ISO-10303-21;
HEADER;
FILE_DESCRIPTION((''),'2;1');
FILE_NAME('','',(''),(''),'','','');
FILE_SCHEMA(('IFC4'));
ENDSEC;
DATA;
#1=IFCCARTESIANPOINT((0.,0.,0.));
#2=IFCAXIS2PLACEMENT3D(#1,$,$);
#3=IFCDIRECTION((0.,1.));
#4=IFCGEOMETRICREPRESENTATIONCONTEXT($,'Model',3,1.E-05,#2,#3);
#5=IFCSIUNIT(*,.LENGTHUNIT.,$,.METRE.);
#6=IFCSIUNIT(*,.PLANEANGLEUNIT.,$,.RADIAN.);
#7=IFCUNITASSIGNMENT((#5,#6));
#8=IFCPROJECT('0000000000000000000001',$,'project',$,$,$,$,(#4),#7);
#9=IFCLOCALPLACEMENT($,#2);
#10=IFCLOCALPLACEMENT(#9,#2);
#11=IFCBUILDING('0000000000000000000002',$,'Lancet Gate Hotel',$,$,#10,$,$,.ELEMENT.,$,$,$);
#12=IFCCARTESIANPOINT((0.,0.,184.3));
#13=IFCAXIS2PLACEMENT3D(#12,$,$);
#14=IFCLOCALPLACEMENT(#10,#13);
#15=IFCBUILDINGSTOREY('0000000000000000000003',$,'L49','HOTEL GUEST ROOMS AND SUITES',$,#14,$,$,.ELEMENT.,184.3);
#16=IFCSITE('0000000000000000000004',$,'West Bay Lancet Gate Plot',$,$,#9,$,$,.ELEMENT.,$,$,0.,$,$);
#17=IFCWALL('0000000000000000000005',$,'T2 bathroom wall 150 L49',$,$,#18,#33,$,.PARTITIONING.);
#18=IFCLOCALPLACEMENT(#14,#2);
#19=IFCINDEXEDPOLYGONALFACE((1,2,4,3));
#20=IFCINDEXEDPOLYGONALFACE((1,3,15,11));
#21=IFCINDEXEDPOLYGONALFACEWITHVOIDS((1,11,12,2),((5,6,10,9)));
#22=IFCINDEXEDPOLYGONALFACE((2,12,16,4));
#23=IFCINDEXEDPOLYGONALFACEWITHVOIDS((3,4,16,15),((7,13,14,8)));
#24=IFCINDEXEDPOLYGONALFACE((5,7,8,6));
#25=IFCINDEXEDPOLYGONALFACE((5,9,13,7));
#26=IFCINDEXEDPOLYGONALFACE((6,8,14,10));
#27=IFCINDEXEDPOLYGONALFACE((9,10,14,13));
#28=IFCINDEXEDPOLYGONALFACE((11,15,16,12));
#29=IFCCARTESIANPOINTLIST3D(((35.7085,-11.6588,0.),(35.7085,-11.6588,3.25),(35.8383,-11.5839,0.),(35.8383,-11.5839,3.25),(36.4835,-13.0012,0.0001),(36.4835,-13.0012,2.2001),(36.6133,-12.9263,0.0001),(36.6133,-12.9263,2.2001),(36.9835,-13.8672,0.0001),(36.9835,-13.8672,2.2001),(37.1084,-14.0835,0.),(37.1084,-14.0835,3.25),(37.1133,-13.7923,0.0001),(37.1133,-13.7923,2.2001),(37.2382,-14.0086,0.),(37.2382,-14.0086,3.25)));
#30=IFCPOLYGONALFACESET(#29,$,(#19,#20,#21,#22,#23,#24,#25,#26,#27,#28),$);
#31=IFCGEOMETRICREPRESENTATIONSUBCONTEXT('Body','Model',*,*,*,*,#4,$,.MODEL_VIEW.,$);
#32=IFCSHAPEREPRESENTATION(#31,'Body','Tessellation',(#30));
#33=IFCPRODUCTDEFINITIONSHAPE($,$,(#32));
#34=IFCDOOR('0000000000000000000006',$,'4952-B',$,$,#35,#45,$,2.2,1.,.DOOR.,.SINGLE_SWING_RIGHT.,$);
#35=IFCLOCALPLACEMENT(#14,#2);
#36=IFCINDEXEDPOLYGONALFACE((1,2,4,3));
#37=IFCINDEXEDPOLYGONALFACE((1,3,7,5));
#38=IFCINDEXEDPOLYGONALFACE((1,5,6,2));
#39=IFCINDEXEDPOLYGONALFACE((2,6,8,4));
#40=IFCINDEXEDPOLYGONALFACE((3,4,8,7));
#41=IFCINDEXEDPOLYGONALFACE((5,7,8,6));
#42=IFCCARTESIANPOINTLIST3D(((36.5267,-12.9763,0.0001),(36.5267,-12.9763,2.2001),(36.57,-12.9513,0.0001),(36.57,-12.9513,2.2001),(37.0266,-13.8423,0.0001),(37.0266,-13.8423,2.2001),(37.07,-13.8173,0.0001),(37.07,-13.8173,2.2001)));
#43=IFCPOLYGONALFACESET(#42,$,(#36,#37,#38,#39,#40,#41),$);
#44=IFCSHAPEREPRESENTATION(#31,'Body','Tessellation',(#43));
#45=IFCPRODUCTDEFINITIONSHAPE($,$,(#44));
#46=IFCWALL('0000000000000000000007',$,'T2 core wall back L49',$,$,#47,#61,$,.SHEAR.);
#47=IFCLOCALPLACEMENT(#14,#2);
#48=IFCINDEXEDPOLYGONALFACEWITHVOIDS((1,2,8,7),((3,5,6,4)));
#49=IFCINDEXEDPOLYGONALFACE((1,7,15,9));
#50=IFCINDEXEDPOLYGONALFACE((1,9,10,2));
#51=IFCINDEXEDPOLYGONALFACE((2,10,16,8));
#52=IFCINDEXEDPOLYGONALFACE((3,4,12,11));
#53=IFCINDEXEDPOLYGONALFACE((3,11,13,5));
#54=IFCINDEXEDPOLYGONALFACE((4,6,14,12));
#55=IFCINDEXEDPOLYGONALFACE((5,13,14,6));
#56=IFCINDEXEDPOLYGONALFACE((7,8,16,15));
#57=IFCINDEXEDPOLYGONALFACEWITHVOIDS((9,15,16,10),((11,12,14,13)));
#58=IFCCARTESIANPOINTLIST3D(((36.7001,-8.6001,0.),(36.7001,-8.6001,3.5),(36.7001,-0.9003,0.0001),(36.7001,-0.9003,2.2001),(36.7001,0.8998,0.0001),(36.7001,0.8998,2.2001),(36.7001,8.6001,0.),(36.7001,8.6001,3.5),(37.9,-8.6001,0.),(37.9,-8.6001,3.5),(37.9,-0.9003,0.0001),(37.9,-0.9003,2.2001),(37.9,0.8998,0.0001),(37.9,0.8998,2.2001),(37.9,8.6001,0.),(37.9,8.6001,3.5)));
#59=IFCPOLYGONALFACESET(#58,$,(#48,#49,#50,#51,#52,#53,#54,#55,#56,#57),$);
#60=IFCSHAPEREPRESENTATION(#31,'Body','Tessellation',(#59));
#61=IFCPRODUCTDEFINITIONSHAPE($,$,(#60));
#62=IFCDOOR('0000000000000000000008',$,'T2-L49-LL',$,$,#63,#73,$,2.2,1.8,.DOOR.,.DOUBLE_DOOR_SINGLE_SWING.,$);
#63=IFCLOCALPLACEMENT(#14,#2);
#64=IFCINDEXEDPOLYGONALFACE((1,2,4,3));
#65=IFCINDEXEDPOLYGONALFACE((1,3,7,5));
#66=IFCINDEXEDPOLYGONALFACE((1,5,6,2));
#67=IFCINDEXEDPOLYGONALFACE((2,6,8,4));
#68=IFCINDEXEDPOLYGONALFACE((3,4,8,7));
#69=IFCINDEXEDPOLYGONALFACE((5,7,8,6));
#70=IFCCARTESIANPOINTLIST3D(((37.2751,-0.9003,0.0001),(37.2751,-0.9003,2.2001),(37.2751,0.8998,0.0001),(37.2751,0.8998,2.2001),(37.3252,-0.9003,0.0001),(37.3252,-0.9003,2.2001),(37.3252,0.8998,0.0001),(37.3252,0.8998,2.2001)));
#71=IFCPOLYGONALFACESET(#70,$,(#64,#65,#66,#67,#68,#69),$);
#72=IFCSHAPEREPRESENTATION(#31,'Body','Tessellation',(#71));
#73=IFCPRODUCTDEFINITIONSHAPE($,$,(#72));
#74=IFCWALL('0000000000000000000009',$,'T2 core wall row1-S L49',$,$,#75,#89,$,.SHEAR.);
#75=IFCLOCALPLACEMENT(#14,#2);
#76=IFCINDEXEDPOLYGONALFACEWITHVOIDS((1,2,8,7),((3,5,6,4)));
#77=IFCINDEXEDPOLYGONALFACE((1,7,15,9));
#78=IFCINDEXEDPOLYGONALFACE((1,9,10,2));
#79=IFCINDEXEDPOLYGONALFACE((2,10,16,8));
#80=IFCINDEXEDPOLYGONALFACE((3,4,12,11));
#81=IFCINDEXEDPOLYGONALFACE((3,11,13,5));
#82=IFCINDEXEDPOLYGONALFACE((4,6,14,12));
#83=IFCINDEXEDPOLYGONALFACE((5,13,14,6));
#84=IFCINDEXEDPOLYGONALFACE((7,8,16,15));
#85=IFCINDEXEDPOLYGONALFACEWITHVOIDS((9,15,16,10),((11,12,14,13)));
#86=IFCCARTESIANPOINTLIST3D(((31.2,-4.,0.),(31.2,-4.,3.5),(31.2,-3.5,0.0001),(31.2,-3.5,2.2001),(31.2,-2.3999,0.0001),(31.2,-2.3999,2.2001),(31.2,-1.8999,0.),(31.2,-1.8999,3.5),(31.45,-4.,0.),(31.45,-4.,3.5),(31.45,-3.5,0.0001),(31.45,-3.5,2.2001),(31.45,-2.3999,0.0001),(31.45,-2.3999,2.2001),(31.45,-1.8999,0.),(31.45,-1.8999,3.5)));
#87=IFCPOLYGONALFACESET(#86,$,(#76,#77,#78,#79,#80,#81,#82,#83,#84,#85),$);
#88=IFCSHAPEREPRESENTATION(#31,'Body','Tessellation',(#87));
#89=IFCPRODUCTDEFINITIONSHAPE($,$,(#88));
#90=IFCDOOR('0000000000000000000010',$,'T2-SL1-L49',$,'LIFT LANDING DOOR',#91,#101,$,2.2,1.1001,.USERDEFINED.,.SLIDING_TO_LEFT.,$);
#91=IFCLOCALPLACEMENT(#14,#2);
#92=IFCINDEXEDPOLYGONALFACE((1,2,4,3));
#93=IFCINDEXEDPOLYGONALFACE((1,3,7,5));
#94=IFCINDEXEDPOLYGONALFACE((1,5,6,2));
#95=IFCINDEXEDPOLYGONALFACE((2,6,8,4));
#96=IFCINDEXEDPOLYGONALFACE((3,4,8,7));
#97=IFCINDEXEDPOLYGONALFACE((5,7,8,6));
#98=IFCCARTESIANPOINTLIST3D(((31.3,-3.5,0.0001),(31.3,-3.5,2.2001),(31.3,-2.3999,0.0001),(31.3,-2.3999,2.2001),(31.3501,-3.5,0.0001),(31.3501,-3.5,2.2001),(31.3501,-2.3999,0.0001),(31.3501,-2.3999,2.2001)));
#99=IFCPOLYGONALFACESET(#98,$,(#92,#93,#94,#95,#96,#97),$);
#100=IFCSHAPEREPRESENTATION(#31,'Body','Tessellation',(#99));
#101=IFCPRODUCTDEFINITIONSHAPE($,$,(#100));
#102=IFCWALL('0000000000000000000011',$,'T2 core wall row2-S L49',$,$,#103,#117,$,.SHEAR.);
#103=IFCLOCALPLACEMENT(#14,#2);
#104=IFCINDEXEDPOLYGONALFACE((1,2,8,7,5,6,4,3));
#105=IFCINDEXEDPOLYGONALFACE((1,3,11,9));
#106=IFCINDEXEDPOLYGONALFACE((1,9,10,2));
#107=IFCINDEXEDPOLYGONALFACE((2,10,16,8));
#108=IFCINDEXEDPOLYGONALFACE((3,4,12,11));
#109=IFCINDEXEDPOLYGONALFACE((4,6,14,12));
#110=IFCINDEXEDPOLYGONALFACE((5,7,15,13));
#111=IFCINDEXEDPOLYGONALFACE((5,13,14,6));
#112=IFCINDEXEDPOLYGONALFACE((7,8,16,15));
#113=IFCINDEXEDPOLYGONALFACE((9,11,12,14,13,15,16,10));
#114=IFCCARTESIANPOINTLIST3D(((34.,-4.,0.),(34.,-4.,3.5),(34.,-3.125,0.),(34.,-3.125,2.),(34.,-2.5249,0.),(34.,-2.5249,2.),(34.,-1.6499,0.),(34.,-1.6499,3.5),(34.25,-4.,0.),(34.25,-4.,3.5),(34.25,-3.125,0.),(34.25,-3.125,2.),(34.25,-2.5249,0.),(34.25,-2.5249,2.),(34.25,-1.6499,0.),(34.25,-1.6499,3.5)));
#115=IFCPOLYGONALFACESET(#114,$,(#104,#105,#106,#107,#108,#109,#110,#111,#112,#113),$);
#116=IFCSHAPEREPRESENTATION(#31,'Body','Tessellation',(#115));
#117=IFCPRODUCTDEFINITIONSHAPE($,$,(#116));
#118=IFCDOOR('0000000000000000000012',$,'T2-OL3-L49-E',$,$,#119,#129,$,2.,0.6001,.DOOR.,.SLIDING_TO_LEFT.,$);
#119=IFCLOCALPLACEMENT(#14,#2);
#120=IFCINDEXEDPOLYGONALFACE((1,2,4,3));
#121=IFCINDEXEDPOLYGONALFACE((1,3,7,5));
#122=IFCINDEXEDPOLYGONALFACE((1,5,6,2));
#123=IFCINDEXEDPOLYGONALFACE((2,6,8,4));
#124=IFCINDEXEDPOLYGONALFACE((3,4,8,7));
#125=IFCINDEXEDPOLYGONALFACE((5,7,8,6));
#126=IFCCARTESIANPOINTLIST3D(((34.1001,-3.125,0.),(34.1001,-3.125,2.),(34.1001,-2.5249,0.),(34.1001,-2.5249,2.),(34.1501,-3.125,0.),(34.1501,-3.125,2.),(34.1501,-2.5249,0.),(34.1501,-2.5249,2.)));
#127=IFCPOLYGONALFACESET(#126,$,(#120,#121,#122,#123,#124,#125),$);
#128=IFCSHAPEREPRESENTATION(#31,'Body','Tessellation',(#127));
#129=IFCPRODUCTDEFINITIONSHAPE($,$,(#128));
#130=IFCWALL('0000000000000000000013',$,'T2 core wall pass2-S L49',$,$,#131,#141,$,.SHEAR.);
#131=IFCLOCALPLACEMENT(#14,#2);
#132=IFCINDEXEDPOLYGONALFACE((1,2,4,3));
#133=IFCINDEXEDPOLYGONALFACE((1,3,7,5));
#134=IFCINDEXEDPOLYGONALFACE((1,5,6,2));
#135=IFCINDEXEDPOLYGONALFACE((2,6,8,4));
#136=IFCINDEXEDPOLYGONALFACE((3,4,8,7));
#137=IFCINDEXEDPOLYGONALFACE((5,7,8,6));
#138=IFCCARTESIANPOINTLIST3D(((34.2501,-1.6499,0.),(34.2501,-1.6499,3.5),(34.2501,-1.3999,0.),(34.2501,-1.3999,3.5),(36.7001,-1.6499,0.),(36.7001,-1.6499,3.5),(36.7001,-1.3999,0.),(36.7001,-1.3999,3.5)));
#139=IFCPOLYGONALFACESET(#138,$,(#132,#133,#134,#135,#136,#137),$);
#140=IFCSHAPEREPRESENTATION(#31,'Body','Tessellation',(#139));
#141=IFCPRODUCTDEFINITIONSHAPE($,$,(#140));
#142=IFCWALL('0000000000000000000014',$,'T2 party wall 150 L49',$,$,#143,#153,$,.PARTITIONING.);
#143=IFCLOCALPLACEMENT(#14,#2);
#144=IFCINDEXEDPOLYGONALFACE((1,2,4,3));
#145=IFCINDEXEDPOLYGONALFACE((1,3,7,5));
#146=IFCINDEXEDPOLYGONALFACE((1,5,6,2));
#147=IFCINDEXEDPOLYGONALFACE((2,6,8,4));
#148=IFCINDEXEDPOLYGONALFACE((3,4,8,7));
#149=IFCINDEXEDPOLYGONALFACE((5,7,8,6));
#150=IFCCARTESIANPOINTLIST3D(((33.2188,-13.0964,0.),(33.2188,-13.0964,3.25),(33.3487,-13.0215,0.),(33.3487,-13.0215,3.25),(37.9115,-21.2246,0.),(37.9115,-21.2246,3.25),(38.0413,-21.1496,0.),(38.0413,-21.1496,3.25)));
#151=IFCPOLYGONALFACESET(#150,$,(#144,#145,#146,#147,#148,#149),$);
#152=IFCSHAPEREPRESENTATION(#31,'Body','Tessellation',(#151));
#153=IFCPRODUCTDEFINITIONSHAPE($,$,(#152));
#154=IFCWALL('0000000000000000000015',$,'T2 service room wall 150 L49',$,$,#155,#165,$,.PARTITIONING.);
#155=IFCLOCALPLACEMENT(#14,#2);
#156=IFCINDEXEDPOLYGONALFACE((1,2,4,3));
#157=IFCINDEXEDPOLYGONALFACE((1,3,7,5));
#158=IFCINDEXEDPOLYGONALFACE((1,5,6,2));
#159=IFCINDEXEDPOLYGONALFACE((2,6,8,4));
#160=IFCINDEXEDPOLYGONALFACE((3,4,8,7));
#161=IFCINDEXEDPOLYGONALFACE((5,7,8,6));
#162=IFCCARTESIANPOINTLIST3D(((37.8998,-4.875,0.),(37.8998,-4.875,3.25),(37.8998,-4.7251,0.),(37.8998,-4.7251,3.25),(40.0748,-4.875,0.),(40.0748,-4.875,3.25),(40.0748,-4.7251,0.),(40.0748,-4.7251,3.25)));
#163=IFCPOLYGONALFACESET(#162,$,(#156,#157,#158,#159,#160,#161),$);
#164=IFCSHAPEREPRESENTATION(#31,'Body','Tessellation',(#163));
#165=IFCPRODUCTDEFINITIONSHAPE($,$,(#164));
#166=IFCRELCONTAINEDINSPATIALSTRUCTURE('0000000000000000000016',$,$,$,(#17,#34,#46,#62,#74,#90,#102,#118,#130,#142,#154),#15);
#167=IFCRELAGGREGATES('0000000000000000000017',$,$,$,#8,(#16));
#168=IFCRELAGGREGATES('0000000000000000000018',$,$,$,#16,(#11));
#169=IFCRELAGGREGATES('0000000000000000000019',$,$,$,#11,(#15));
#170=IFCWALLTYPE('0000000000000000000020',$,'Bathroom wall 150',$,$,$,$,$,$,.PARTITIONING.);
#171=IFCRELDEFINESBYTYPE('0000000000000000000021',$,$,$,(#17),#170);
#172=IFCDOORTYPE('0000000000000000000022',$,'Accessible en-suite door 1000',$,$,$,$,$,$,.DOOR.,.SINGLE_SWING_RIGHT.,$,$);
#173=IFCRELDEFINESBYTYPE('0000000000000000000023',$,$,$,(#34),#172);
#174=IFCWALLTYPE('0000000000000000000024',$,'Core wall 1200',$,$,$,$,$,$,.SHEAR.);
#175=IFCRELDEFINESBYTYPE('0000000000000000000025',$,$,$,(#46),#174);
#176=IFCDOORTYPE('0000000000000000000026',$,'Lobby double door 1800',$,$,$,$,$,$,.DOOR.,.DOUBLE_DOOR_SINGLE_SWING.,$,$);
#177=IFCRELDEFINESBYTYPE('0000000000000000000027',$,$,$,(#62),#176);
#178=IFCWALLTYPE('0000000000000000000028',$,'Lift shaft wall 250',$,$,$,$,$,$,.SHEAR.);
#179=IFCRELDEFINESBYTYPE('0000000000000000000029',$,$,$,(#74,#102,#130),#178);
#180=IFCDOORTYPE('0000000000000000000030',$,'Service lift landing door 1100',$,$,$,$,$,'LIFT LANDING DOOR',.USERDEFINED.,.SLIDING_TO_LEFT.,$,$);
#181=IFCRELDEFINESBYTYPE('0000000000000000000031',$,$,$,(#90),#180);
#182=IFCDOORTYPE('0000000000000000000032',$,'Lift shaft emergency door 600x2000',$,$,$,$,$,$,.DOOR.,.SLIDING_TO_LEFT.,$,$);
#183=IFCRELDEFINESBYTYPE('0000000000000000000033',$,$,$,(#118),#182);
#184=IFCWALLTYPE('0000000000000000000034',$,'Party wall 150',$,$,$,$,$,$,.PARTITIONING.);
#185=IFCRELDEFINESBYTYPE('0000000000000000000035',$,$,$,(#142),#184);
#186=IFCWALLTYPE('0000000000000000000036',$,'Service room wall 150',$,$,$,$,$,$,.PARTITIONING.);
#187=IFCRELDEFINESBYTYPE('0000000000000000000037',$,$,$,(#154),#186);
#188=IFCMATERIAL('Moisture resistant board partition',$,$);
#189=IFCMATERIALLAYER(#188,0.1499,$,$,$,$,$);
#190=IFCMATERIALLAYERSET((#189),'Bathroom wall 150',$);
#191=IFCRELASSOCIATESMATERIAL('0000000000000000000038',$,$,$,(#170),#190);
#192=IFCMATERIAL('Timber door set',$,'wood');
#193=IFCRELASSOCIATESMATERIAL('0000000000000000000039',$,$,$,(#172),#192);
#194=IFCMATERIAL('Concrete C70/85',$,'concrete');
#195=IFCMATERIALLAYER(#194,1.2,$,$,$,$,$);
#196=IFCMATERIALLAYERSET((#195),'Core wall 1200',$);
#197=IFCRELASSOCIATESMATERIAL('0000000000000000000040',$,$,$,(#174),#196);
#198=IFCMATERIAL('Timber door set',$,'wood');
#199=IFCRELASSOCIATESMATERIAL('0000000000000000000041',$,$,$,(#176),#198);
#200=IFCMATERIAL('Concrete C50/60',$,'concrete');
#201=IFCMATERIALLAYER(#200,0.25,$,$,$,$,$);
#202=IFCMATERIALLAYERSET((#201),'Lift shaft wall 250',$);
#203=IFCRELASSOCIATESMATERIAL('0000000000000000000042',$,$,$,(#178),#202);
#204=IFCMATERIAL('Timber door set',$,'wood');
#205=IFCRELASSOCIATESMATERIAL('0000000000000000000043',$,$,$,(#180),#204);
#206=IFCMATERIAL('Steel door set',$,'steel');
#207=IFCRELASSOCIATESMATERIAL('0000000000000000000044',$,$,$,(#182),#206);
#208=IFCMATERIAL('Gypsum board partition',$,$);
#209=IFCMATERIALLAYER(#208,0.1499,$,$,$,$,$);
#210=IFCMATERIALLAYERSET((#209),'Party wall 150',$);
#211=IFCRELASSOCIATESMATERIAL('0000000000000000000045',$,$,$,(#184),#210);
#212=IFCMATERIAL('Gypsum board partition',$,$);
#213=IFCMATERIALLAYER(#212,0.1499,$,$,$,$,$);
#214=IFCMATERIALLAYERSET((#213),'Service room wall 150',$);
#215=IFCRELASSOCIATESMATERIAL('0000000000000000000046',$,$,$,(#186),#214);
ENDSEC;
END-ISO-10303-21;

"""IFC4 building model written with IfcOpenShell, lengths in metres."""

from ifc_helpers import new_model, si_unit, direction, frame, frame_2d, origin, place, context, subcontext, project, spatial, rectangle, extrude, material, layer, layer_set, type_object, element, fill, save


model = new_model("IFC4")

# Units and contexts
model_context = context("Model", 3, precision=1e-05, world=origin(), true_north=direction((0.0, 1.0)))
body_context = subcontext(model_context, "Body", "Model", "MODEL_VIEW")
ifc_project = project(units=[si_unit("LENGTHUNIT", "METRE"), si_unit("PLANEANGLEUNIT", "RADIAN")], contexts=[model_context])

# Site, building, storey
site_placement = place(None, origin())
site = spatial("IfcSite", under=ifc_project, at=site_placement, Name="West Bay Lancet Gate Plot", CompositionType="ELEMENT", RefElevation=0.0)
building_placement = place(site_placement, origin())
building = spatial("IfcBuilding", under=site, at=building_placement, Name="Lancet Gate Hotel", CompositionType="ELEMENT")
storey_placement = place(building_placement, frame((0.0, 0.0, 184.3)))
storey = spatial("IfcBuildingStorey", under=building, at=storey_placement, Name="L49", Description="HOTEL GUEST ROOMS AND SUITES", CompositionType="ELEMENT", Elevation=184.3)

# Walls, openings, doors
ifc_material_1 = material(Name="Moisture resistant board partition")
ifc_layer_1 = layer(ifc_material_1, 0.1499)
ifc_layer_set_1 = layer_set([ifc_layer_1], Name="Bathroom wall 150")
wall_type_1 = type_object("IfcWallType", Name="Bathroom wall 150", PredefinedType="PARTITIONING", material=ifc_layer_set_1)
wall_1_placement = place(storey_placement, frame((35.7734, -11.6213, 0.0), z_axis=(0.0, 0.0, 1.0), x_axis=(0.499984, -0.866035, 0.0)))
wall_1 = element("IfcWall", 1, at=wall_1_placement, inside=storey, type_object=wall_type_1, Name="T2 bathroom wall 150 L49", PredefinedType="PARTITIONING", context=body_context, shape_type="SweptSolid", body=[
    extrude(rectangle(XDim=2.7998, YDim=0.1499, at=frame_2d((1.3999, 0.0))), origin(), (0.0, 0.0, 1.0), 3.25),
])
opening_1_placement = place(wall_1_placement, frame((1.55, 0.0, 0.0)))
opening_1 = element("IfcOpeningElement", 2, at=opening_1_placement, cuts=wall_1, PredefinedType="OPENING", context=body_context, shape_type="SweptSolid", body=[
    extrude(rectangle(XDim=1.0, YDim=2.2, at=frame_2d((0.5, 1.1001))), frame((0.0, 0.085, 0.0), z_axis=(0.0, -1.0, 0.0), x_axis=(1.0, 0.0, 0.0)), (0.0, 0.0, 1.0), 0.1699),
])
ifc_material_2 = material(Name="Timber door set", Category="wood")
door_type_1 = type_object("IfcDoorType", Name="Accessible en-suite door 1000", OperationType="SINGLE_SWING_RIGHT", PredefinedType="DOOR", material=ifc_material_2)
door_1_placement = place(opening_1_placement, origin())
door_1 = element("IfcDoor", 3, at=door_1_placement, inside=storey, type_object=door_type_1, Name="4952-B", OperationType="SINGLE_SWING_RIGHT", OverallHeight=2.2, OverallWidth=1.0, PredefinedType="DOOR", context=body_context, shape_type="SweptSolid", body=[
    extrude(rectangle(XDim=1.0, YDim=2.2, at=frame_2d((0.5, 1.1001))), frame((0.0, 0.0249, 0.0), z_axis=(0.0, -1.0, 0.0), x_axis=(1.0, 0.0, 0.0)), (0.0, 0.0, 1.0), 0.05),
])
fill(opening_1, door_1)
ifc_material_3 = material(Name="Concrete C70/85", Category="concrete")
ifc_layer_2 = layer(ifc_material_3, 1.2)
ifc_layer_set_2 = layer_set([ifc_layer_2], Name="Core wall 1200")
wall_type_2 = type_object("IfcWallType", Name="Core wall 1200", PredefinedType="SHEAR", material=ifc_layer_set_2)
wall_2_placement = place(storey_placement, frame((37.3, -8.6001, 0.0), z_axis=(0.0, 0.0, 1.0), x_axis=(0.0, 1.0, 0.0)))
wall_2 = element("IfcWall", 4, at=wall_2_placement, inside=storey, type_object=wall_type_2, Name="T2 core wall back L49", PredefinedType="SHEAR", context=body_context, shape_type="SweptSolid", body=[
    extrude(rectangle(XDim=17.2002, YDim=1.2, at=frame_2d((8.6001, 0.0))), origin(), (0.0, 0.0, 1.0), 3.5),
])
opening_2_placement = place(wall_2_placement, frame((7.7, 0.0, 0.0)))
opening_2 = element("IfcOpeningElement", 5, at=opening_2_placement, cuts=wall_2, PredefinedType="OPENING", context=body_context, shape_type="SweptSolid", body=[
    extrude(rectangle(XDim=1.8, YDim=2.2, at=frame_2d((0.8999, 1.1001))), frame((0.0, 0.6099, 0.0), z_axis=(0.0, -1.0, 0.0), x_axis=(1.0, 0.0, 0.0)), (0.0, 0.0, 1.0), 1.22),
])
ifc_material_4 = material(Name="Timber door set", Category="wood")
door_type_2 = type_object("IfcDoorType", Name="Lobby double door 1800", OperationType="DOUBLE_DOOR_SINGLE_SWING", PredefinedType="DOOR", material=ifc_material_4)
door_2_placement = place(opening_2_placement, origin())
door_2 = element("IfcDoor", 6, at=door_2_placement, inside=storey, type_object=door_type_2, Name="T2-L49-LL", OperationType="DOUBLE_DOOR_SINGLE_SWING", OverallHeight=2.2, OverallWidth=1.8, PredefinedType="DOOR", context=body_context, shape_type="SweptSolid", body=[
    extrude(rectangle(XDim=1.8, YDim=2.2, at=frame_2d((0.8999, 1.1001))), frame((0.0, 0.0249, 0.0), z_axis=(0.0, -1.0, 0.0), x_axis=(1.0, 0.0, 0.0)), (0.0, 0.0, 1.0), 0.05),
])
fill(opening_2, door_2)
ifc_material_5 = material(Name="Concrete C50/60", Category="concrete")
ifc_layer_3 = layer(ifc_material_5, 0.25)
ifc_layer_set_3 = layer_set([ifc_layer_3], Name="Lift shaft wall 250")
wall_type_3 = type_object("IfcWallType", Name="Lift shaft wall 250", PredefinedType="SHEAR", material=ifc_layer_set_3)
wall_3_placement = place(storey_placement, frame((31.325, -4.0, 0.0), z_axis=(0.0, 0.0, 1.0), x_axis=(0.0, 1.0, 0.0)))
wall_3 = element("IfcWall", 7, at=wall_3_placement, inside=storey, type_object=wall_type_3, Name="T2 core wall row1-S L49", PredefinedType="SHEAR", context=body_context, shape_type="SweptSolid", body=[
    extrude(rectangle(XDim=2.1001, YDim=0.25, at=frame_2d((1.05, 0.0))), origin(), (0.0, 0.0, 1.0), 3.5),
])
opening_3_placement = place(wall_3_placement, frame((0.5, 0.0, 0.0)))
opening_3 = element("IfcOpeningElement", 8, at=opening_3_placement, cuts=wall_3, PredefinedType="OPENING", context=body_context, shape_type="SweptSolid", body=[
    extrude(rectangle(XDim=1.1001, YDim=2.2, at=frame_2d((0.55, 1.1001))), frame((0.0, 0.135, 0.0), z_axis=(0.0, -1.0, 0.0), x_axis=(1.0, 0.0, 0.0)), (0.0, 0.0, 1.0), 0.27),
])
ifc_material_6 = material(Name="Timber door set", Category="wood")
door_type_3 = type_object("IfcDoorType", Name="Service lift landing door 1100", ElementType="LIFT LANDING DOOR", OperationType="SLIDING_TO_LEFT", PredefinedType="USERDEFINED", material=ifc_material_6)
door_3_placement = place(opening_3_placement, origin())
door_3 = element("IfcDoor", 9, at=door_3_placement, inside=storey, type_object=door_type_3, Name="T2-SL1-L49", ObjectType="LIFT LANDING DOOR", OperationType="SLIDING_TO_LEFT", OverallHeight=2.2, OverallWidth=1.1001, PredefinedType="USERDEFINED", context=body_context, shape_type="SweptSolid", body=[
    extrude(rectangle(XDim=1.1001, YDim=2.2, at=frame_2d((0.55, 1.1001))), frame((0.0, 0.0249, 0.0), z_axis=(0.0, -1.0, 0.0), x_axis=(1.0, 0.0, 0.0)), (0.0, 0.0, 1.0), 0.05),
])
fill(opening_3, door_3)
wall_4_placement = place(storey_placement, frame((34.125, -4.0, 0.0), z_axis=(0.0, 0.0, 1.0), x_axis=(0.0, 1.0, 0.0)))
wall_4 = element("IfcWall", 10, at=wall_4_placement, inside=storey, type_object=wall_type_3, Name="T2 core wall row2-S L49", PredefinedType="SHEAR", context=body_context, shape_type="SweptSolid", body=[
    extrude(rectangle(XDim=2.3501, YDim=0.25, at=frame_2d((1.175, 0.0))), origin(), (0.0, 0.0, 1.0), 3.5),
])
opening_4_placement = place(wall_4_placement, frame((0.875, 0.0, 0.0)))
opening_4 = element("IfcOpeningElement", 11, at=opening_4_placement, cuts=wall_4, PredefinedType="OPENING", context=body_context, shape_type="SweptSolid", body=[
    extrude(rectangle(XDim=0.6001, YDim=2.0, at=frame_2d((0.3, 1.0))), frame((0.0, 0.135, 0.0), z_axis=(0.0, -1.0, 0.0), x_axis=(1.0, 0.0, 0.0)), (0.0, 0.0, 1.0), 0.27),
])
ifc_material_7 = material(Name="Steel door set", Category="steel")
door_type_4 = type_object("IfcDoorType", Name="Lift shaft emergency door 600x2000", OperationType="SLIDING_TO_LEFT", PredefinedType="DOOR", material=ifc_material_7)
door_4_placement = place(opening_4_placement, origin())
door_4 = element("IfcDoor", 12, at=door_4_placement, inside=storey, type_object=door_type_4, Name="T2-OL3-L49-E", OperationType="SLIDING_TO_LEFT", OverallHeight=2.0, OverallWidth=0.6001, PredefinedType="DOOR", context=body_context, shape_type="SweptSolid", body=[
    extrude(rectangle(XDim=0.6001, YDim=2.0, at=frame_2d((0.3, 1.0))), frame((0.0, 0.0249, 0.0), z_axis=(0.0, -1.0, 0.0), x_axis=(1.0, 0.0, 0.0)), (0.0, 0.0, 1.0), 0.05),
])
fill(opening_4, door_4)

# Walls
wall_5_placement = place(storey_placement, frame((34.25, -1.5249, 0.0), z_axis=(0.0, 0.0, 1.0), x_axis=(1.0, 0.0, 0.0)))
element("IfcWall", 13, at=wall_5_placement, inside=storey, type_object=wall_type_3, Name="T2 core wall pass2-S L49", PredefinedType="SHEAR", context=body_context, shape_type="SweptSolid", body=[
    extrude(rectangle(XDim=2.45, YDim=0.25, at=frame_2d((1.2251, 0.0))), origin(), (0.0, 0.0, 1.0), 3.5),
])
ifc_material_8 = material(Name="Gypsum board partition")
ifc_layer_4 = layer(ifc_material_8, 0.1499)
ifc_layer_set_4 = layer_set([ifc_layer_4], Name="Party wall 150")
wall_type_4 = type_object("IfcWallType", Name="Party wall 150", PredefinedType="PARTITIONING", material=ifc_layer_set_4)
wall_6_placement = place(storey_placement, frame((33.2837, -13.0588, 0.0), z_axis=(0.0, 0.0, 1.0), x_axis=(0.499986, -0.866034, 0.0)))
element("IfcWall", 14, at=wall_6_placement, inside=storey, type_object=wall_type_4, Name="T2 party wall 150 L49", PredefinedType="PARTITIONING", context=body_context, shape_type="SweptSolid", body=[
    extrude(rectangle(XDim=9.3855, YDim=0.1499, at=frame_2d((4.6929, 0.0))), origin(), (0.0, 0.0, 1.0), 3.25),
])
ifc_material_9 = material(Name="Gypsum board partition")
ifc_layer_5 = layer(ifc_material_9, 0.1499)
ifc_layer_set_5 = layer_set([ifc_layer_5], Name="Service room wall 150")
wall_type_5 = type_object("IfcWallType", Name="Service room wall 150", PredefinedType="PARTITIONING", material=ifc_layer_set_5)
wall_7_placement = place(storey_placement, frame((37.8999, -4.8, 0.0), z_axis=(0.0, 0.0, 1.0), x_axis=(1.0, 0.0, 0.0)))
element("IfcWall", 15, at=wall_7_placement, inside=storey, type_object=wall_type_5, Name="T2 service room wall 150 L49", PredefinedType="PARTITIONING", context=body_context, shape_type="SweptSolid", body=[
    extrude(rectangle(XDim=2.175, YDim=0.1499, at=frame_2d((1.0874, 0.0))), origin(), (0.0, 0.0, 1.0), 3.25),
])

save(model, "model.ifc")
